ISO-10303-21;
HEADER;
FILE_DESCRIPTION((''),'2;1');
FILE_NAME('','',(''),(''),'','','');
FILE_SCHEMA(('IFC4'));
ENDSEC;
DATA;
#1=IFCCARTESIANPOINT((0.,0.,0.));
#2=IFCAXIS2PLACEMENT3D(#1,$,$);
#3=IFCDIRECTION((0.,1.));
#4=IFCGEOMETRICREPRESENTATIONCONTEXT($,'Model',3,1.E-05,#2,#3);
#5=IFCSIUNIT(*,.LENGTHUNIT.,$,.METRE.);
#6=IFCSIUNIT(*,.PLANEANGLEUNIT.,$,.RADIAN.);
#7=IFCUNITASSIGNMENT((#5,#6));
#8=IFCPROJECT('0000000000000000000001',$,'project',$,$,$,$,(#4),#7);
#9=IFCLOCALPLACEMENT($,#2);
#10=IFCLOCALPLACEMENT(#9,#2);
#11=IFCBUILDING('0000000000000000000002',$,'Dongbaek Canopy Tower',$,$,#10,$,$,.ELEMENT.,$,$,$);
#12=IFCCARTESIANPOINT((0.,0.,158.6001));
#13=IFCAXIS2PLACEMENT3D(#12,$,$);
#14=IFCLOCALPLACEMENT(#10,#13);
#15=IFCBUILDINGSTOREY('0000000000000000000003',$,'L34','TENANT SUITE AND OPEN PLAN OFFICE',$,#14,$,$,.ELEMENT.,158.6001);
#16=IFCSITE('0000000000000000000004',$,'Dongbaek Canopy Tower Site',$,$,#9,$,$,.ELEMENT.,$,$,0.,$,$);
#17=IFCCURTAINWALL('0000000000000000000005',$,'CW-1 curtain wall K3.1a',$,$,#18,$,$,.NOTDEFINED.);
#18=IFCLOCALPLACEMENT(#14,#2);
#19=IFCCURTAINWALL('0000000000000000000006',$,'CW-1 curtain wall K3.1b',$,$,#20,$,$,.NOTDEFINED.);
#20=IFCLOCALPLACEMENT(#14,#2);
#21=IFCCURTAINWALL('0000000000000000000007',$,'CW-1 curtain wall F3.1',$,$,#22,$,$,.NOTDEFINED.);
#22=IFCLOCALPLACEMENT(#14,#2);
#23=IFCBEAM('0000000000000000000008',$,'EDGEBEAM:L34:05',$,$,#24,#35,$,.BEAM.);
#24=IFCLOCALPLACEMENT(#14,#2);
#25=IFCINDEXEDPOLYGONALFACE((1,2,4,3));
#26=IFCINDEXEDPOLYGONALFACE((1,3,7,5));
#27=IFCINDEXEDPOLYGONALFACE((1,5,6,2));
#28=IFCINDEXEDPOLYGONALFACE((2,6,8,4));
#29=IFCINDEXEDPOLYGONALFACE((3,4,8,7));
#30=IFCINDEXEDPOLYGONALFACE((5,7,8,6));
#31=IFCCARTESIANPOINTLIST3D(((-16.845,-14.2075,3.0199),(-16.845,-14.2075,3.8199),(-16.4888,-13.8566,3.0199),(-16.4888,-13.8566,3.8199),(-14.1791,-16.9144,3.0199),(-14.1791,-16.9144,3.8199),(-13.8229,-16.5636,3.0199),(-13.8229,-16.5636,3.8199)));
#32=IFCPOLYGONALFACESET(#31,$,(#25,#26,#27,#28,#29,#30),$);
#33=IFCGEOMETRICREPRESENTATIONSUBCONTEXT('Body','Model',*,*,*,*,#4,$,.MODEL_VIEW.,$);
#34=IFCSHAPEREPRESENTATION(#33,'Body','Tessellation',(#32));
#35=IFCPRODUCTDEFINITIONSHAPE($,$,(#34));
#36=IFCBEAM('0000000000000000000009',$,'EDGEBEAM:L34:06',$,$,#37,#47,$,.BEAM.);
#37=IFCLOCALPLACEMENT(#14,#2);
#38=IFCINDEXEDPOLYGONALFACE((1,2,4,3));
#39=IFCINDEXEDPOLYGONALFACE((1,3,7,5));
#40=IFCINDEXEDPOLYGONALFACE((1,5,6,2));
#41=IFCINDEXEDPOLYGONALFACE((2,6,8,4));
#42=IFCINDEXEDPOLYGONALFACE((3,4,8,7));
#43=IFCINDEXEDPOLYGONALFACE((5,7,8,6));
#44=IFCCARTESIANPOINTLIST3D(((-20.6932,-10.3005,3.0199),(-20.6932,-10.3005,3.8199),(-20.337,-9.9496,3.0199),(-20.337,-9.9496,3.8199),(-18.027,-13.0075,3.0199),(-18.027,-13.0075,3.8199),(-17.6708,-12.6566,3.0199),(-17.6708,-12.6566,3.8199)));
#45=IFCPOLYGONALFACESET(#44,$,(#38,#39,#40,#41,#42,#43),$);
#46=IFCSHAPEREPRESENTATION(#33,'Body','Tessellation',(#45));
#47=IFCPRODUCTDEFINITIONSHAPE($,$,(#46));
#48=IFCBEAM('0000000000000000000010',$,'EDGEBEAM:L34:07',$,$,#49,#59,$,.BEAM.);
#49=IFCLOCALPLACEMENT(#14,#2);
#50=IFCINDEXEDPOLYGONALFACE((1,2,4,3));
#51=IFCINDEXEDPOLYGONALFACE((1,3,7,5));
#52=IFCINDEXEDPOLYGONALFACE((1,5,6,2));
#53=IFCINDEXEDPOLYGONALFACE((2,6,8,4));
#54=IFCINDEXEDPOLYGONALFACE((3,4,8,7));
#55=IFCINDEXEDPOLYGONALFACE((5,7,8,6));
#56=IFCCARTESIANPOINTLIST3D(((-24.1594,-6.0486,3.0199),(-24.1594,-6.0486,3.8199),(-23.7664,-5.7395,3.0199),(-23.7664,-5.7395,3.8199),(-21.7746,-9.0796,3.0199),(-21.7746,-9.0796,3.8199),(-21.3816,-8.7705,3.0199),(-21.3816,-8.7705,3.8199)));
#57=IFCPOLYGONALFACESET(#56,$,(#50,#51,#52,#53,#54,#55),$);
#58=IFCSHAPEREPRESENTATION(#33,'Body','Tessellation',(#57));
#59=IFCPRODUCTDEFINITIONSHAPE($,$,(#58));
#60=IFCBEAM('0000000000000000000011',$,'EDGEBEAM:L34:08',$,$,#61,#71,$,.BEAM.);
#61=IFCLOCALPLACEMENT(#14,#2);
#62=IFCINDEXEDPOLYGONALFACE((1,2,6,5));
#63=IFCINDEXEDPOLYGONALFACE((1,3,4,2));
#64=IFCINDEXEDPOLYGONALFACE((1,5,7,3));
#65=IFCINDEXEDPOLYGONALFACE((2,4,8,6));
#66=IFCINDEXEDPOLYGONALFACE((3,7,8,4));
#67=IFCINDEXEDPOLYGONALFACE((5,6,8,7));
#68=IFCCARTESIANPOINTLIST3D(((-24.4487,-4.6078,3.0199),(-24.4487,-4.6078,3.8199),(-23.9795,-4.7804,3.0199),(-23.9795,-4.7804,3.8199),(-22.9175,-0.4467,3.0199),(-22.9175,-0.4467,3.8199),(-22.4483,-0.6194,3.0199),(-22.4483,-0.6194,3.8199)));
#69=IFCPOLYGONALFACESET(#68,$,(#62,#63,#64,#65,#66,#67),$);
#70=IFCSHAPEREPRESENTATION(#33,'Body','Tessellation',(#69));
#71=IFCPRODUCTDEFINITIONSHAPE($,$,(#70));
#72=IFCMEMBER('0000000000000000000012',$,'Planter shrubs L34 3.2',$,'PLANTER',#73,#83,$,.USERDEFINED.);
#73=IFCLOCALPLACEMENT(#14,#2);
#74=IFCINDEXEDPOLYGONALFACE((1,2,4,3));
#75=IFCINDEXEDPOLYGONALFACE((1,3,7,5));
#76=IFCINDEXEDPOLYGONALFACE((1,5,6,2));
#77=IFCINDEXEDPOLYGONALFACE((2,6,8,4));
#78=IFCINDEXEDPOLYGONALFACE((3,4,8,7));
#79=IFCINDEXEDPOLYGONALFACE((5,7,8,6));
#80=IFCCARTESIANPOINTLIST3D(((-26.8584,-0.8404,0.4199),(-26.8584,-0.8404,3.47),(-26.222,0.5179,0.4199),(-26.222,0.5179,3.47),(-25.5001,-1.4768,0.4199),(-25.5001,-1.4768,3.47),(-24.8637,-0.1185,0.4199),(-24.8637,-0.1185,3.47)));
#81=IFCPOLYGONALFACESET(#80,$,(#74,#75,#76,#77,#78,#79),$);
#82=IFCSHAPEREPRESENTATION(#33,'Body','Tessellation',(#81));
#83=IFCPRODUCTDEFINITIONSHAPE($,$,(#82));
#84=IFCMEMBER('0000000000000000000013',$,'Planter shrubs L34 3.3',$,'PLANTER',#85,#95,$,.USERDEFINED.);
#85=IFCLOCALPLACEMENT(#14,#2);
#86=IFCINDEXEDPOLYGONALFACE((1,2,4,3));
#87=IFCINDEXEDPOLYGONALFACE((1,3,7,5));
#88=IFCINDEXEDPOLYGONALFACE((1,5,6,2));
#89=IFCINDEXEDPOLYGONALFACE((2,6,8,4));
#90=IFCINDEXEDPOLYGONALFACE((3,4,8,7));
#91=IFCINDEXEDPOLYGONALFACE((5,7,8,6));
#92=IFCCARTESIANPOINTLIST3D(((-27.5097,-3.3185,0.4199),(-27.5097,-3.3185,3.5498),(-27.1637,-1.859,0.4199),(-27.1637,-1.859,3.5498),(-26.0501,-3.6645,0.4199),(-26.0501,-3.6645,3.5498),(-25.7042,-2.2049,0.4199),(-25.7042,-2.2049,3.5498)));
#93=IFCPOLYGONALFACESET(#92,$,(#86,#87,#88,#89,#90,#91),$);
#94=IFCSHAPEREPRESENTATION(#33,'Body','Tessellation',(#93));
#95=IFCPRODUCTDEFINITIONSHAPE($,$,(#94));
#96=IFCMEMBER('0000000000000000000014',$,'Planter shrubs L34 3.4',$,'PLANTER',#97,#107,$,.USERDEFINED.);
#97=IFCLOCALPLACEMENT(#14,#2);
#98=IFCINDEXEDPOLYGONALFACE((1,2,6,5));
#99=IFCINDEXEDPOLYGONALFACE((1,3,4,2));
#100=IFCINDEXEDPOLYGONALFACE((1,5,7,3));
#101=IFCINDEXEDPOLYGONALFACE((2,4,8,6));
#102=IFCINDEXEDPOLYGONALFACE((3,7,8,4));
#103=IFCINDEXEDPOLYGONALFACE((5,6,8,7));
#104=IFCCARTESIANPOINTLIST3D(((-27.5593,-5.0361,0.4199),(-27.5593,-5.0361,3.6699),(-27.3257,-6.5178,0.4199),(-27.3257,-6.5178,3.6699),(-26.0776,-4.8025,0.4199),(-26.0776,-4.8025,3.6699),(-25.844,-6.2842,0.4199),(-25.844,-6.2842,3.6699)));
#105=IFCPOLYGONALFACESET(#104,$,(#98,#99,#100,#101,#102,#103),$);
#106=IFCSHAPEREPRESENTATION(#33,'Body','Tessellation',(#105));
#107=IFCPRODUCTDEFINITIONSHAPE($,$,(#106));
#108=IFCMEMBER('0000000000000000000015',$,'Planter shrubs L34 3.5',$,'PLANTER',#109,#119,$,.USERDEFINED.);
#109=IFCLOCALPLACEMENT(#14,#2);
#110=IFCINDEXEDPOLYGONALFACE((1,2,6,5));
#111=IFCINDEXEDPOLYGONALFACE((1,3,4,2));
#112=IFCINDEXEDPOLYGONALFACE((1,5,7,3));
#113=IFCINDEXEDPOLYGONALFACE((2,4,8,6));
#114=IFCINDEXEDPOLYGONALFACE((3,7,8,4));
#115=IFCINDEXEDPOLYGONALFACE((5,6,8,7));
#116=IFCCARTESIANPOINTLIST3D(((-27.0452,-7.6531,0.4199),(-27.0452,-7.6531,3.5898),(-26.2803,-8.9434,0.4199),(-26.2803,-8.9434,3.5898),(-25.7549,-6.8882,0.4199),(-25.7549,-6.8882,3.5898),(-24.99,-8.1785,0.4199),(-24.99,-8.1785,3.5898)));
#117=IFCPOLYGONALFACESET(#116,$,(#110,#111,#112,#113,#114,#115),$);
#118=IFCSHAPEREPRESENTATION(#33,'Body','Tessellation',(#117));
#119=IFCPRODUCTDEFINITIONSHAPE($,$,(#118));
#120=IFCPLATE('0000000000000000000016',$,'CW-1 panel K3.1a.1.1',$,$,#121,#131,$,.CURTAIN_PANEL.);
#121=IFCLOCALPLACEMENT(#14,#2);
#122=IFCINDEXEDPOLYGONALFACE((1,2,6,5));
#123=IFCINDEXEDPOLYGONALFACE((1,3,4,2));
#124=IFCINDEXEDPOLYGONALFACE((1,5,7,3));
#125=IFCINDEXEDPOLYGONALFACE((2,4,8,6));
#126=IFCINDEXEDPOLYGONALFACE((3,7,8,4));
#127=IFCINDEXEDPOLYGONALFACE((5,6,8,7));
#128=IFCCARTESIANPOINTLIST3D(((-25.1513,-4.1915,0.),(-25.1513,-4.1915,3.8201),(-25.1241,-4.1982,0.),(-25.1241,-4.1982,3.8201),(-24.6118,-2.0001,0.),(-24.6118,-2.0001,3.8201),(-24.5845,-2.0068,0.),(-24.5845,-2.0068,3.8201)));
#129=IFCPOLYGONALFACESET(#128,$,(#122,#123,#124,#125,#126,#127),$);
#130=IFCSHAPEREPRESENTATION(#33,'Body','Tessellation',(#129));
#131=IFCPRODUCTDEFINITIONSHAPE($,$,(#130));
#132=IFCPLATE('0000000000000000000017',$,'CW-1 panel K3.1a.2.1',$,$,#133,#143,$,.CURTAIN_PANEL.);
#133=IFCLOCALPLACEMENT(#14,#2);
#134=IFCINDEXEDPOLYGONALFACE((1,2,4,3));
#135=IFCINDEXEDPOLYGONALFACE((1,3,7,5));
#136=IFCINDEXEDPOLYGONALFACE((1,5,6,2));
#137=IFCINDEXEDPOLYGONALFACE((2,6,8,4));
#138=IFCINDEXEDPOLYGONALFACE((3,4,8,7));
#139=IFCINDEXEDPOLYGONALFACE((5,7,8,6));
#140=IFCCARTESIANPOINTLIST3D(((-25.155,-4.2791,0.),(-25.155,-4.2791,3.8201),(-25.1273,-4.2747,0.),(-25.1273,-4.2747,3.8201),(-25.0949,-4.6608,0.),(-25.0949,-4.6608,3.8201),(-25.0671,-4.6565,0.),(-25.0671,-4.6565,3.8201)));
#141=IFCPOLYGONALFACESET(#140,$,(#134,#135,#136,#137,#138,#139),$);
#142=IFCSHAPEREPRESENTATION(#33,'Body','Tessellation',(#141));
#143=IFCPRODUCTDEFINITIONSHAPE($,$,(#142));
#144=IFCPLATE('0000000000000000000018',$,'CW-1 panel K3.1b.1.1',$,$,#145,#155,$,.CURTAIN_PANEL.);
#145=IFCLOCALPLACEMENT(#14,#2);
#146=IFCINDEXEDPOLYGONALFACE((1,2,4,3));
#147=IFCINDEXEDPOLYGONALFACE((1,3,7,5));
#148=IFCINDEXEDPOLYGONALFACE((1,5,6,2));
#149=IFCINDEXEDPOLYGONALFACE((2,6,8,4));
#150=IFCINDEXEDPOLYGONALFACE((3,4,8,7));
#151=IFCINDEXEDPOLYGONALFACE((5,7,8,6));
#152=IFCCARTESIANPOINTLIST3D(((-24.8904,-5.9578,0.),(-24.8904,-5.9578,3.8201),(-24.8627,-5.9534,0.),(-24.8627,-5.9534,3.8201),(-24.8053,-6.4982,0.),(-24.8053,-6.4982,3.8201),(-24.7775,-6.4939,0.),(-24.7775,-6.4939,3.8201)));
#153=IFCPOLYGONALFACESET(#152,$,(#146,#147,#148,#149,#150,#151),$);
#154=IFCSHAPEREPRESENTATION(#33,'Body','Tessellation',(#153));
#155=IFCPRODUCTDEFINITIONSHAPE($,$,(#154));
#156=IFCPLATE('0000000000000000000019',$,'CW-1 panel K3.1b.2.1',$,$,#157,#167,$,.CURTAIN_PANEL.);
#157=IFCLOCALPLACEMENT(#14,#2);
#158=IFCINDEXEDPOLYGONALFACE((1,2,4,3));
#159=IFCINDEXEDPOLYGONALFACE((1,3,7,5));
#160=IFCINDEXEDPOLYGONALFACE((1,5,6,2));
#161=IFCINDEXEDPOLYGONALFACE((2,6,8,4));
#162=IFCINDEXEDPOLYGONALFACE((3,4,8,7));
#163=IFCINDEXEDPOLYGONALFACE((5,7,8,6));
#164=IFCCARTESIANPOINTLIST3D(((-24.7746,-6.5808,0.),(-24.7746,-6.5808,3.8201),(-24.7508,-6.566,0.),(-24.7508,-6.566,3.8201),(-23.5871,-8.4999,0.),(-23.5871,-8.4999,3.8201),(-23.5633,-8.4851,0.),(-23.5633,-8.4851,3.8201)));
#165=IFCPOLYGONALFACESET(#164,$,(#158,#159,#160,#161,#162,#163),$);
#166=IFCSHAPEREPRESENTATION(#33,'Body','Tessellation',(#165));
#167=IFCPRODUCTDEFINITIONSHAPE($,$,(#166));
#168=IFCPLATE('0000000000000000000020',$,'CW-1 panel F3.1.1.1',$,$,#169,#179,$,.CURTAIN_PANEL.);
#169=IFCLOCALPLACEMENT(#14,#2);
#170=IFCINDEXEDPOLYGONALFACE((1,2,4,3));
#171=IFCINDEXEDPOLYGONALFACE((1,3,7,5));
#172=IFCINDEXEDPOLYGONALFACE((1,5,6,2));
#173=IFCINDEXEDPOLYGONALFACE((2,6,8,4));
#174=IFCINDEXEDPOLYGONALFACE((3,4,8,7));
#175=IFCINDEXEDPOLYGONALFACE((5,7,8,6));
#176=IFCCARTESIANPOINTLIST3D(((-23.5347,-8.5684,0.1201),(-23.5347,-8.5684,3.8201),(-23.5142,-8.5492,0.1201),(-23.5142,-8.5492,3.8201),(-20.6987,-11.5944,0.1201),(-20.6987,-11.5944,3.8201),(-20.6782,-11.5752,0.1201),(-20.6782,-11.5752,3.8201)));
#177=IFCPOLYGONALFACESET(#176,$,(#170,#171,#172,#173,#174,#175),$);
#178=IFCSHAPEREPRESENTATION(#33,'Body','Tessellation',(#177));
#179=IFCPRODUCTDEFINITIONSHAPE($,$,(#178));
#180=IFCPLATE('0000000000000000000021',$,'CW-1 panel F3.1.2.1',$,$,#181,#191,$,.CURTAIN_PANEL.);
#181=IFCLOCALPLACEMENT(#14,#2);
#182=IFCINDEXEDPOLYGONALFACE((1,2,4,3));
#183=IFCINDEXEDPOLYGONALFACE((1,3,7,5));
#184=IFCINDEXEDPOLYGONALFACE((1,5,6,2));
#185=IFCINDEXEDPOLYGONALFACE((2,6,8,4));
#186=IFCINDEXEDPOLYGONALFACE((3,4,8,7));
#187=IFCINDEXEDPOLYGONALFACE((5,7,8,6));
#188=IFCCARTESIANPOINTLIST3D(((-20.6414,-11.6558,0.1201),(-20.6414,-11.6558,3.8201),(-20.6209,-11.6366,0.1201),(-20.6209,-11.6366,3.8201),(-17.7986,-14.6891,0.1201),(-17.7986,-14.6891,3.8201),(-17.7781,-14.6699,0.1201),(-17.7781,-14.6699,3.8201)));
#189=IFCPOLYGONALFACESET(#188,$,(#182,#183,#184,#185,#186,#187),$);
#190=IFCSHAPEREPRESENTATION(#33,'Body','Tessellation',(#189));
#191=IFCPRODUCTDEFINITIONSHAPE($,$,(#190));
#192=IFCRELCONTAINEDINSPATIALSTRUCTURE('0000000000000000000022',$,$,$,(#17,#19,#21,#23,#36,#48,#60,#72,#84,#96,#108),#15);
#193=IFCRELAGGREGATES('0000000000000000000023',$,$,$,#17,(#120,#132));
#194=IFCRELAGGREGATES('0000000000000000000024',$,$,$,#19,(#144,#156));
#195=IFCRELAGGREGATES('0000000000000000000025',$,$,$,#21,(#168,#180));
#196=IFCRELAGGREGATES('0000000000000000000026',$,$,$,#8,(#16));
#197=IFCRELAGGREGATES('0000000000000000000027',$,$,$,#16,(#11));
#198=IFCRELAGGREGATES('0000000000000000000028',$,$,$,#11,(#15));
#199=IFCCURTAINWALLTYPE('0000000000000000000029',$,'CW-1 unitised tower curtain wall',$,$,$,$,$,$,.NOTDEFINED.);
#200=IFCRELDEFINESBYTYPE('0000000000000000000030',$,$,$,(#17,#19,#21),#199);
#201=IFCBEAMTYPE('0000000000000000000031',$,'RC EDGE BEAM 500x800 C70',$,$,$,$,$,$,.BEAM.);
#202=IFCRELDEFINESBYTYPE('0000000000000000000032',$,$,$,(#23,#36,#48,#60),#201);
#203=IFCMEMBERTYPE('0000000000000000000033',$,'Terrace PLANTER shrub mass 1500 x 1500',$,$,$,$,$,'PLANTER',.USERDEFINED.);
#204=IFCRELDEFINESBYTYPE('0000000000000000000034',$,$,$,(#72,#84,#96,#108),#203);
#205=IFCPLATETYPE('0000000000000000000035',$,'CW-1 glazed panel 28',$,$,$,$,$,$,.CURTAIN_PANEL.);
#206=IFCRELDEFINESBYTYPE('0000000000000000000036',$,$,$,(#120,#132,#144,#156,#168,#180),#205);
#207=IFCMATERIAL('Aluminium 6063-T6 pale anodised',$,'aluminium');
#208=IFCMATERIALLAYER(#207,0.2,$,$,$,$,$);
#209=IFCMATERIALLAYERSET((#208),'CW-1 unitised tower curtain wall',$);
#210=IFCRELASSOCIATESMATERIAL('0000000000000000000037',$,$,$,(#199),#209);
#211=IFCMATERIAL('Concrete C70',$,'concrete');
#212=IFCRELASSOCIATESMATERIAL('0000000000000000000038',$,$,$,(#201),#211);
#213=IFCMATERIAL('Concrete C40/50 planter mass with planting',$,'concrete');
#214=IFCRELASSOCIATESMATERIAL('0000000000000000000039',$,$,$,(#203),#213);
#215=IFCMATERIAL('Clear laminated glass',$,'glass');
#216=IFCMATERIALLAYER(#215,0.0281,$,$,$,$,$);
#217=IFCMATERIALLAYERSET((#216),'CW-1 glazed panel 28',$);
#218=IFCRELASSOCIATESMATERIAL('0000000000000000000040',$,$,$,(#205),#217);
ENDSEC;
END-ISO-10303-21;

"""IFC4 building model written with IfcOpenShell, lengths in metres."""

from ifc_helpers import new_model, si_unit, direction, frame, origin, origin_2d, place, context, subcontext, project, spatial, rectangle, extrude, material, layer, layer_set, material_profile, profile_set, type_object, element, aggregate, save


model = new_model("IFC4")

# Units and contexts
model_context = context("Model", 3, precision=1e-05, world=origin(), true_north=direction((0.0, 1.0)))
body_context = subcontext(model_context, "Body", "Model", "MODEL_VIEW")
ifc_project = project(units=[si_unit("LENGTHUNIT", "METRE"), si_unit("PLANEANGLEUNIT", "RADIAN")], contexts=[model_context])

# Site, building, storey
site_placement = place(None, origin())
site = spatial("IfcSite", under=ifc_project, at=site_placement, Name="Dongbaek Canopy Tower Site", CompositionType="ELEMENT", RefElevation=0.0)
building_placement = place(site_placement, origin())
building = spatial("IfcBuilding", under=site, at=building_placement, Name="Dongbaek Canopy Tower", CompositionType="ELEMENT")
storey_placement = place(building_placement, frame((0.0, 0.0, 158.6001)))
storey = spatial("IfcBuildingStorey", under=building, at=storey_placement, Name="L34", Description="TENANT SUITE AND OPEN PLAN OFFICE", CompositionType="ELEMENT", Elevation=158.6001)

# Curtain walls
ifc_material_1 = material(Name="Aluminium 6063-T6 pale anodised", Category="aluminium")
ifc_layer_1 = layer(ifc_material_1, 0.2)
ifc_layer_set_1 = layer_set([ifc_layer_1], Name="CW-1 unitised tower curtain wall")
curtain_wall_type = type_object("IfcCurtainWallType", Name="CW-1 unitised tower curtain wall", PredefinedType="NOTDEFINED", material=ifc_layer_set_1)
curtain_wall_1_placement = place(storey_placement, origin())
curtain_wall_1 = element("IfcCurtainWall", 1, at=curtain_wall_1_placement, inside=storey, type_object=curtain_wall_type, Name="CW-1 curtain wall K3.1a", PredefinedType="NOTDEFINED")
curtain_wall_2_placement = place(storey_placement, origin())
curtain_wall_2 = element("IfcCurtainWall", 2, at=curtain_wall_2_placement, inside=storey, type_object=curtain_wall_type, Name="CW-1 curtain wall K3.1b", PredefinedType="NOTDEFINED")
curtain_wall_3_placement = place(storey_placement, origin())
curtain_wall_3 = element("IfcCurtainWall", 3, at=curtain_wall_3_placement, inside=storey, type_object=curtain_wall_type, Name="CW-1 curtain wall F3.1", PredefinedType="NOTDEFINED")

# Beams
ifc_material_2 = material(Name="Concrete C70", Category="concrete")
ifc_material_profile_1 = material_profile(ifc_material_2, rectangle(XDim=0.5, YDim=0.8, at=origin_2d()), Name="RC EDGE BEAM 500x800 C70")
ifc_profile_set_1 = profile_set([ifc_material_profile_1], Name="Concrete C70")
beam_type = type_object("IfcBeamType", Name="RC EDGE BEAM 500x800 C70", PredefinedType="BEAM", material=ifc_profile_set_1)
beam_1_placement = place(storey_placement, frame((-14.001, -16.739, 3.4199), z_axis=(-0.701689, 0.712484, 0.0), x_axis=(-0.712484, -0.701689, 0.0)))
element("IfcBeam", 4, at=beam_1_placement, inside=storey, type_object=beam_type, Name="EDGEBEAM:L34:05", PredefinedType="BEAM", context=body_context, shape_type="SweptSolid", body=[
    extrude(rectangle(XDim=0.5, YDim=0.8, at=origin_2d()), origin(), (0.0, 0.0, 1.0), 3.7993),
])
beam_2_placement = place(storey_placement, frame((-17.8489, -12.832, 3.4199), z_axis=(-0.701721, 0.712452, 0.0), x_axis=(-0.712452, -0.701721, 0.0)))
element("IfcBeam", 5, at=beam_2_placement, inside=storey, type_object=beam_type, Name="EDGEBEAM:L34:06", PredefinedType="BEAM", context=body_context, shape_type="SweptSolid", body=[
    extrude(rectangle(XDim=0.5, YDim=0.8, at=origin_2d()), origin(), (0.0, 0.0, 1.0), 3.7996),
])
beam_3_placement = place(storey_placement, frame((-21.5781, -8.925, 3.4199), z_axis=(-0.618344, 0.785907, 0.0), x_axis=(-0.785907, -0.618344, 0.0)))
element("IfcBeam", 6, at=beam_3_placement, inside=storey, type_object=beam_type, Name="EDGEBEAM:L34:07", PredefinedType="BEAM", context=body_context, shape_type="SweptSolid", body=[
    extrude(rectangle(XDim=0.5, YDim=0.8, at=origin_2d()), origin(), (0.0, 0.0, 1.0), 3.8567),
])
beam_4_placement = place(storey_placement, frame((-24.2141, -4.6941, 3.4199), z_axis=(0.345348, 0.938475, 0.0), x_axis=(-0.938475, 0.345348, 0.0)))
element("IfcBeam", 7, at=beam_4_placement, inside=storey, type_object=beam_type, Name="EDGEBEAM:L34:08", PredefinedType="BEAM", context=body_context, shape_type="SweptSolid", body=[
    extrude(rectangle(XDim=0.5, YDim=0.8, at=origin_2d()), origin(), (0.0, 0.0, 1.0), 4.4338),
])

# Members
ifc_material_3 = material(Name="Concrete C40/50 planter mass with planting", Category="concrete")
ifc_material_profile_2 = material_profile(ifc_material_3, rectangle(XDim=1.5, YDim=1.5, at=origin_2d()), Name="Terrace PLANTER shrub mass 1500 x 1500")
ifc_profile_set_2 = profile_set([ifc_material_profile_2], Name="Concrete C40/50 planter mass with planting")
member_type_1 = type_object("IfcMemberType", Name="Terrace PLANTER shrub mass 1500 x 1500", ElementType="PLANTER", PredefinedType="USERDEFINED", material=ifc_profile_set_2)
member_1_placement = place(storey_placement, frame((-25.8611, -0.4795, 0.4199), z_axis=(0.0, 0.0, 1.0), x_axis=(-0.905534, 0.424273, 0.0)))
element("IfcMember", 8, at=member_1_placement, inside=storey, type_object=member_type_1, Name="Planter shrubs L34 3.2", ObjectType="PLANTER", PredefinedType="USERDEFINED", context=body_context, shape_type="SweptSolid", body=[
    extrude(rectangle(XDim=1.5, YDim=1.5, at=origin_2d()), origin(), (0.0, 0.0, 1.0), 3.05),
])
member_2_placement = place(storey_placement, frame((-26.6069, -2.7617, 0.4199), z_axis=(0.0, 0.0, 1.0), x_axis=(-0.973042, 0.23063, 0.0)))
element("IfcMember", 9, at=member_2_placement, inside=storey, type_object=member_type_1, Name="Planter shrubs L34 3.3", ObjectType="PLANTER", PredefinedType="USERDEFINED", context=body_context, shape_type="SweptSolid", body=[
    extrude(rectangle(XDim=1.5, YDim=1.5, at=origin_2d()), origin(), (0.0, 0.0, 1.0), 3.1299),
])
member_3_placement = place(storey_placement, frame((-26.7017, -5.6602, 0.4199), z_axis=(0.0, 0.0, 1.0), x_axis=(-0.987803, -0.15571, 0.0)))
element("IfcMember", 10, at=member_3_placement, inside=storey, type_object=member_type_1, Name="Planter shrubs L34 3.4", ObjectType="PLANTER", PredefinedType="USERDEFINED", context=body_context, shape_type="SweptSolid", body=[
    extrude(rectangle(XDim=1.5, YDim=1.5, at=origin_2d()), origin(), (0.0, 0.0, 1.0), 3.25),
])
member_4_placement = place(storey_placement, frame((-26.0176, -7.9158, 0.4199), z_axis=(0.0, 0.0, 1.0), x_axis=(-0.860205, -0.509949, 0.0)))
element("IfcMember", 11, at=member_4_placement, inside=storey, type_object=member_type_1, Name="Planter shrubs L34 3.5", ObjectType="PLANTER", PredefinedType="USERDEFINED", context=body_context, shape_type="SweptSolid", body=[
    extrude(rectangle(XDim=1.5, YDim=1.5, at=origin_2d()), origin(), (0.0, 0.0, 1.0), 3.1699),
])

# Plates
ifc_material_4 = material(Name="Clear laminated glass", Category="glass")
ifc_layer_2 = layer(ifc_material_4, 0.0281)
ifc_layer_set_2 = layer_set([ifc_layer_2], Name="CW-1 glazed panel 28")
plate_type = type_object("IfcPlateType", Name="CW-1 glazed panel 28", PredefinedType="CURTAIN_PANEL", material=ifc_layer_set_2)
plate_1_placement = place(storey_placement, frame((-24.8679, -3.0991, 0.0), z_axis=(0.0, 0.0, 1.0), x_axis=(-0.239077, -0.971001, 0.0)))
plate_1 = element("IfcPlate", 12, at=plate_1_placement, type_object=plate_type, Name="CW-1 panel K3.1a.1.1", PredefinedType="CURTAIN_PANEL", context=body_context, shape_type="SweptSolid", body=[
    extrude(rectangle(XDim=2.2568, YDim=0.0281, at=origin_2d()), origin(), (0.0, 0.0, 1.0), 3.8201),
])
plate_2_placement = place(storey_placement, frame((-25.1111, -4.4678, 0.0), z_axis=(0.0, 0.0, 1.0), x_axis=(0.15571, -0.987803, 0.0)))
plate_2 = element("IfcPlate", 13, at=plate_2_placement, type_object=plate_type, Name="CW-1 panel K3.1a.2.1", PredefinedType="CURTAIN_PANEL", context=body_context, shape_type="SweptSolid", body=[
    extrude(rectangle(XDim=0.3865, YDim=0.0281, at=origin_2d()), origin(), (0.0, 0.0, 1.0), 3.8201),
])
aggregate(curtain_wall_1, [plate_1, plate_2])
plate_3_placement = place(storey_placement, frame((-24.834, -6.2258, 0.0), z_axis=(0.0, 0.0, 1.0), x_axis=(0.15571, -0.987803, 0.0)))
plate_3 = element("IfcPlate", 14, at=plate_3_placement, type_object=plate_type, Name="CW-1 panel K3.1b.1.1", PredefinedType="CURTAIN_PANEL", context=body_context, shape_type="SweptSolid", body=[
    extrude(rectangle(XDim=0.5471, YDim=0.0281, at=origin_2d()), origin(), (0.0, 0.0, 1.0), 3.8201),
])
plate_4_placement = place(storey_placement, frame((-24.1689, -7.533, 0.0), z_axis=(0.0, 0.0, 1.0), x_axis=(0.526184, -0.85037, 0.0)))
plate_4 = element("IfcPlate", 15, at=plate_4_placement, type_object=plate_type, Name="CW-1 panel K3.1b.2.1", PredefinedType="CURTAIN_PANEL", context=body_context, shape_type="SweptSolid", body=[
    extrude(rectangle(XDim=2.2568, YDim=0.0281, at=origin_2d()), origin(), (0.0, 0.0, 1.0), 3.8201),
])
aggregate(curtain_wall_2, [plate_3, plate_4])
plate_5_placement = place(storey_placement, frame((-22.1064, -10.0718, 0.1201), z_axis=(0.0, 0.0, 1.0), x_axis=(0.683822, -0.729649, 0.0)))
plate_5 = element("IfcPlate", 16, at=plate_5_placement, type_object=plate_type, Name="CW-1 panel F3.1.1.1", PredefinedType="CURTAIN_PANEL", context=body_context, shape_type="SweptSolid", body=[
    extrude(rectangle(XDim=4.1472, YDim=0.0281, at=origin_2d()), origin(), (0.0, 0.0, 1.0), 3.7),
])
plate_6_placement = place(storey_placement, frame((-19.2097, -13.1628, 0.1201), z_axis=(0.0, 0.0, 1.0), x_axis=(0.683822, -0.729649, 0.0)))
plate_6 = element("IfcPlate", 17, at=plate_6_placement, type_object=plate_type, Name="CW-1 panel F3.1.2.1", PredefinedType="CURTAIN_PANEL", context=body_context, shape_type="SweptSolid", body=[
    extrude(rectangle(XDim=4.1572, YDim=0.0281, at=origin_2d()), origin(), (0.0, 0.0, 1.0), 3.7),
])

aggregate(curtain_wall_3, [plate_5, plate_6])

save(model, "model.ifc")
